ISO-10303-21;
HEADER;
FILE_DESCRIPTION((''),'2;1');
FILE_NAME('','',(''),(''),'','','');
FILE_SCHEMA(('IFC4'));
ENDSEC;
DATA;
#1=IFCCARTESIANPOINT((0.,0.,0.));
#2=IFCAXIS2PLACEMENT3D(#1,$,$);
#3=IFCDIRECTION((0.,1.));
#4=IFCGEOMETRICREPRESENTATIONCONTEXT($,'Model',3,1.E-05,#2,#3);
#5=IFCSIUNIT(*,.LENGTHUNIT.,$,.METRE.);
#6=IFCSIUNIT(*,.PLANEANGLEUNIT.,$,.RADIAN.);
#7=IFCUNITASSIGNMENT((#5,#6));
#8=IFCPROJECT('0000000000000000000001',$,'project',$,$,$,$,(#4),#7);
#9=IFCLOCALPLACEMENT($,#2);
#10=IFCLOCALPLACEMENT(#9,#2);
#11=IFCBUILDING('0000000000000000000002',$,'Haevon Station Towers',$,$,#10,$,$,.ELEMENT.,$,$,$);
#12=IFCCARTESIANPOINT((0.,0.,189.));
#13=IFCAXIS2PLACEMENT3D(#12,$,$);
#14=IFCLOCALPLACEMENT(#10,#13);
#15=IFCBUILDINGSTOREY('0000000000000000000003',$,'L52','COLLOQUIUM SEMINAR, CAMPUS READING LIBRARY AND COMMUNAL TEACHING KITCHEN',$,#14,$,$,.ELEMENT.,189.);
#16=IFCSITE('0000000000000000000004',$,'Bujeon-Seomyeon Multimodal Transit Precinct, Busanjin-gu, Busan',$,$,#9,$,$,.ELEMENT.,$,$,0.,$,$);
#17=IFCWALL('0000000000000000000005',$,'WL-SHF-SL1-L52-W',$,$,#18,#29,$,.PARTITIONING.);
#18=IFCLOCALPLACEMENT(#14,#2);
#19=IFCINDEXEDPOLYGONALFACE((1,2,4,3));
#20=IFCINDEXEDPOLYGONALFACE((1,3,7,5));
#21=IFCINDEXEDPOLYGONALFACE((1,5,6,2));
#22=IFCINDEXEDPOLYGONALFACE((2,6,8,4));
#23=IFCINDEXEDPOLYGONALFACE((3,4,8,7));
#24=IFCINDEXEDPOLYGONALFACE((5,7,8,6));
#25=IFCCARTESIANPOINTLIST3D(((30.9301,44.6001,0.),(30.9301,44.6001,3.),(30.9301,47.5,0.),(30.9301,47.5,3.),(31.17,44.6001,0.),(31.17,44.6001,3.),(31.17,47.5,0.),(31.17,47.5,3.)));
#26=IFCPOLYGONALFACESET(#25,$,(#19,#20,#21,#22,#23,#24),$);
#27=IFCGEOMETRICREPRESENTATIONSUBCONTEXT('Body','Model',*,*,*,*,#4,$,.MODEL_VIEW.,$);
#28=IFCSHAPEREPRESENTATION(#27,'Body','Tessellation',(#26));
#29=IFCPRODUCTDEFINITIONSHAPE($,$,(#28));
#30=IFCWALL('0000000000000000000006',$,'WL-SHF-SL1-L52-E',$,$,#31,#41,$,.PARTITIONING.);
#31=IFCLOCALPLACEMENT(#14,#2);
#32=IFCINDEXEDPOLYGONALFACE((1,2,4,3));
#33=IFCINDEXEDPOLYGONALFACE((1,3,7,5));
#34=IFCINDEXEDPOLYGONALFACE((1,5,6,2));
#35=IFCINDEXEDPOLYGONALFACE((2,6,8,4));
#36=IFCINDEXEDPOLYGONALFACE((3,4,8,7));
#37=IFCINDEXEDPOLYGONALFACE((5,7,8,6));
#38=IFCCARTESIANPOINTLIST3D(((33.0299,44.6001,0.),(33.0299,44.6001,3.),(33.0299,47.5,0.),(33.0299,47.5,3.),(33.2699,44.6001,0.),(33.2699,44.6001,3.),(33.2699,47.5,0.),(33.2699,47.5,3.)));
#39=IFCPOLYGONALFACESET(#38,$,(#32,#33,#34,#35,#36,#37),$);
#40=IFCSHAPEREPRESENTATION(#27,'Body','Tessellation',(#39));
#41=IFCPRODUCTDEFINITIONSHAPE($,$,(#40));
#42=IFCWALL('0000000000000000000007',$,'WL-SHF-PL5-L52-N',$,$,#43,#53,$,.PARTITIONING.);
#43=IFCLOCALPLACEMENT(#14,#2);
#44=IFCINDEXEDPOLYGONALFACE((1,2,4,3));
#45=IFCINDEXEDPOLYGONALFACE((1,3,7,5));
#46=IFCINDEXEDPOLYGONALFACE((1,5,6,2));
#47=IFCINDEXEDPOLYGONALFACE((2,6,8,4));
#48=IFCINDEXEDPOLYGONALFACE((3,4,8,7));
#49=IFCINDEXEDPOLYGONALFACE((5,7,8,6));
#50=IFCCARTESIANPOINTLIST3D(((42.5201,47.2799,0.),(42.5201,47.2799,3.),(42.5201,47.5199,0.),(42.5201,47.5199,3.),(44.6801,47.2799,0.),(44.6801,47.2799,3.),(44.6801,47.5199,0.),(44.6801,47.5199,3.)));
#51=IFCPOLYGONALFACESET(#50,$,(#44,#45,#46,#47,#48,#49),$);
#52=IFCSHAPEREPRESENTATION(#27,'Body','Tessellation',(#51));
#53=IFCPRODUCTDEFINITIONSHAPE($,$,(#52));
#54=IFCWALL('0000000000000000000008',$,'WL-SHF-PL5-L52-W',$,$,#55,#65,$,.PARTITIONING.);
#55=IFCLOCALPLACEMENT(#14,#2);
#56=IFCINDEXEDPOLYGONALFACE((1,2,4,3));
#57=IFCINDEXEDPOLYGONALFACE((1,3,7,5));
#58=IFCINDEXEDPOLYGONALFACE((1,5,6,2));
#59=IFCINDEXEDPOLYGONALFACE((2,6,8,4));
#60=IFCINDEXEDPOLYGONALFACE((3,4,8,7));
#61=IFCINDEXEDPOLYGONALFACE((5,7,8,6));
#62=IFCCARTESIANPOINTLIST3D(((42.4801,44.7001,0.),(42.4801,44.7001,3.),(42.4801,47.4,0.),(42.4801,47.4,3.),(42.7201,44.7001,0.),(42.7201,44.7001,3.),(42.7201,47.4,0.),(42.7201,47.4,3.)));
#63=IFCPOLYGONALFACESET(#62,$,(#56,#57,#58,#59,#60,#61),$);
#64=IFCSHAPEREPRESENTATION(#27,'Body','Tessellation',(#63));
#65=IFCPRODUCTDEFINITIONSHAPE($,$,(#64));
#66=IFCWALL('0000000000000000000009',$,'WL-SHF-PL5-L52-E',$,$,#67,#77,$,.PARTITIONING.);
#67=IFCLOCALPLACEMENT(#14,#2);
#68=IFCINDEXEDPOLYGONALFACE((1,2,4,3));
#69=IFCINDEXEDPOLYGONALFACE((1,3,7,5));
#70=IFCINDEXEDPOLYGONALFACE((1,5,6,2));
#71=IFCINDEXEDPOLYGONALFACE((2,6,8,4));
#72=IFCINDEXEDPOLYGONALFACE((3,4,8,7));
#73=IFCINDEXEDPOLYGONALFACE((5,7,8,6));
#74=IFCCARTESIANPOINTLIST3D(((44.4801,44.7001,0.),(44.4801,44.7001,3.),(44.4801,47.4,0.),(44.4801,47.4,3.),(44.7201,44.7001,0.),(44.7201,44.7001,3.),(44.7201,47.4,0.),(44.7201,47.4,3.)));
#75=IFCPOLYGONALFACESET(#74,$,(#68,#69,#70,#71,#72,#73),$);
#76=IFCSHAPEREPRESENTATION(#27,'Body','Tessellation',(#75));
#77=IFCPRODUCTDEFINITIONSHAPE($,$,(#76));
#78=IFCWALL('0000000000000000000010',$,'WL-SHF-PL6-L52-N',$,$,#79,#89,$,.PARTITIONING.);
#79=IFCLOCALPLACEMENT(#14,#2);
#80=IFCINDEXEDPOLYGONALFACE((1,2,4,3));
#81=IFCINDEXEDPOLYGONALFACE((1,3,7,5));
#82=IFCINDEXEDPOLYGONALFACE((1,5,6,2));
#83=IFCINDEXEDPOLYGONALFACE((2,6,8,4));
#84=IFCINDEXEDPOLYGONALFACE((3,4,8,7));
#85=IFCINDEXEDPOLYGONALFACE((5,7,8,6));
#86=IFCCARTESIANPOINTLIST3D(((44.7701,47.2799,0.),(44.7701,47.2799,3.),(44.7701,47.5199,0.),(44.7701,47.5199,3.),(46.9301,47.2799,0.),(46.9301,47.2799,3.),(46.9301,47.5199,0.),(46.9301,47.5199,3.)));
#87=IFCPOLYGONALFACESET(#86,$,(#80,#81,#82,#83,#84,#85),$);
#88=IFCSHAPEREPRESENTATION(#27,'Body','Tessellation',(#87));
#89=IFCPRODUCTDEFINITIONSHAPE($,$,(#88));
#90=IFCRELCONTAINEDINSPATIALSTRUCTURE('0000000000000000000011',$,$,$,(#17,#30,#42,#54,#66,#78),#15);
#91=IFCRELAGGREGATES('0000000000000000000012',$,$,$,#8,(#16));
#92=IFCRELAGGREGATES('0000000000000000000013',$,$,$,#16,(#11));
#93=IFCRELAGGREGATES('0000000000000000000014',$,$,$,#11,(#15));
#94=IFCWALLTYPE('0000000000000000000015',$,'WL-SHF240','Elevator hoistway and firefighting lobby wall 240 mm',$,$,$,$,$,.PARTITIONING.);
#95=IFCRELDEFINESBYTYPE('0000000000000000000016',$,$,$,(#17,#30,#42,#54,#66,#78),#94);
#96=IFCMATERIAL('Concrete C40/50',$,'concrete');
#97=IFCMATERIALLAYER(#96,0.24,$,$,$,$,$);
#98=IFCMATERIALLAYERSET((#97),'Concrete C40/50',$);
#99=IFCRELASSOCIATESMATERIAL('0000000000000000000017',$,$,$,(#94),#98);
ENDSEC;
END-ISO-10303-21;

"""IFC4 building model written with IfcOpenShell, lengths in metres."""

from ifc_helpers import new_model, si_unit, direction, frame, frame_2d, origin, place, context, subcontext, project, spatial, rectangle, extrude, material, layer, layer_set, type_object, element, save


model = new_model("IFC4")

# Units and contexts
model_context = context("Model", 3, precision=1e-05, world=origin(), true_north=direction((0.0, 1.0)))
body_context = subcontext(model_context, "Body", "Model", "MODEL_VIEW")
ifc_project = project(units=[si_unit("LENGTHUNIT", "METRE"), si_unit("PLANEANGLEUNIT", "RADIAN")], contexts=[model_context])

# Site, building, storey
site_placement = place(None, origin())
site = spatial("IfcSite", under=ifc_project, at=site_placement, Name="Bujeon-Seomyeon Multimodal Transit Precinct, Busanjin-gu, Busan", CompositionType="ELEMENT", RefElevation=0.0)
building_placement = place(site_placement, origin())
building = spatial("IfcBuilding", under=site, at=building_placement, Name="Haevon Station Towers", CompositionType="ELEMENT")
storey_placement = place(building_placement, frame((0.0, 0.0, 189.0)))
storey = spatial("IfcBuildingStorey", under=building, at=storey_placement, Name="L52", Description="COLLOQUIUM SEMINAR, CAMPUS READING LIBRARY AND COMMUNAL TEACHING KITCHEN", CompositionType="ELEMENT", Elevation=189.0)

# Shared definitions
ifc_material_1 = material(Name="Concrete C40/50", Category="concrete")
ifc_layer_1 = layer(ifc_material_1, 0.24)
ifc_layer_set_1 = layer_set([ifc_layer_1], Name="Concrete C40/50")
wall_type_1 = type_object("IfcWallType", Name="WL-SHF240", Description="Elevator hoistway and firefighting lobby wall 240 mm", PredefinedType="PARTITIONING", material=ifc_layer_set_1)

# Walls
for number, where, z_axis, x_axis, name in (
    (1, (31.05, 44.6001, 0.0), (0.0, 0.0, 1.0), (0.0, 1.0, 0.0), "WL-SHF-SL1-L52-W"),
    (2, (33.1499, 44.6001, 0.0), (0.0, 0.0, 1.0), (0.0, 1.0, 0.0), "WL-SHF-SL1-L52-E"),
):
    element("IfcWall", number, at=place(storey_placement, frame(where, z_axis=z_axis, x_axis=x_axis)), inside=storey, type_object=wall_type_1, Name=name, PredefinedType="PARTITIONING", context=body_context, shape_type="SweptSolid", body=[
        extrude(rectangle(XDim=2.8999, YDim=0.24, at=frame_2d((1.45, 0.0))), origin(), (0.0, 0.0, 1.0), 3.0),
    ])

# Walls
wall_1_placement = place(storey_placement, frame((42.52, 47.3999, 0.0), z_axis=(0.0, 0.0, 1.0), x_axis=(1.0, 0.0, 0.0)))
element("IfcWall", 3, at=wall_1_placement, inside=storey, type_object=wall_type_1, Name="WL-SHF-PL5-L52-N", PredefinedType="PARTITIONING", context=body_context, shape_type="SweptSolid", body=[
    extrude(rectangle(XDim=2.1599, YDim=0.24, at=frame_2d((1.0801, 0.0))), origin(), (0.0, 0.0, 1.0), 3.0),
])
for number, where, z_axis, x_axis, name in (
    (4, (42.6001, 44.7, 0.0), (0.0, 0.0, 1.0), (0.0, 1.0, 0.0), "WL-SHF-PL5-L52-W"),
    (5, (44.6001, 44.7, 0.0), (0.0, 0.0, 1.0), (0.0, 1.0, 0.0), "WL-SHF-PL5-L52-E"),
):
    element("IfcWall", number, at=place(storey_placement, frame(where, z_axis=z_axis, x_axis=x_axis)), inside=storey, type_object=wall_type_1, Name=name, PredefinedType="PARTITIONING", context=body_context, shape_type="SweptSolid", body=[
        extrude(rectangle(XDim=2.7, YDim=0.24, at=frame_2d((1.3501, 0.0))), origin(), (0.0, 0.0, 1.0), 3.0),
    ])

# Wall
wall_2_placement = place(storey_placement, frame((44.77, 47.3999, 0.0), z_axis=(0.0, 0.0, 1.0), x_axis=(1.0, 0.0, 0.0)))
element("IfcWall", 6, at=wall_2_placement, inside=storey, type_object=wall_type_1, Name="WL-SHF-PL6-L52-N", PredefinedType="PARTITIONING", context=body_context, shape_type="SweptSolid", body=[
    extrude(rectangle(XDim=2.1599, YDim=0.24, at=frame_2d((1.0801, 0.0))), origin(), (0.0, 0.0, 1.0), 3.0),
])

save(model, "model.ifc")
